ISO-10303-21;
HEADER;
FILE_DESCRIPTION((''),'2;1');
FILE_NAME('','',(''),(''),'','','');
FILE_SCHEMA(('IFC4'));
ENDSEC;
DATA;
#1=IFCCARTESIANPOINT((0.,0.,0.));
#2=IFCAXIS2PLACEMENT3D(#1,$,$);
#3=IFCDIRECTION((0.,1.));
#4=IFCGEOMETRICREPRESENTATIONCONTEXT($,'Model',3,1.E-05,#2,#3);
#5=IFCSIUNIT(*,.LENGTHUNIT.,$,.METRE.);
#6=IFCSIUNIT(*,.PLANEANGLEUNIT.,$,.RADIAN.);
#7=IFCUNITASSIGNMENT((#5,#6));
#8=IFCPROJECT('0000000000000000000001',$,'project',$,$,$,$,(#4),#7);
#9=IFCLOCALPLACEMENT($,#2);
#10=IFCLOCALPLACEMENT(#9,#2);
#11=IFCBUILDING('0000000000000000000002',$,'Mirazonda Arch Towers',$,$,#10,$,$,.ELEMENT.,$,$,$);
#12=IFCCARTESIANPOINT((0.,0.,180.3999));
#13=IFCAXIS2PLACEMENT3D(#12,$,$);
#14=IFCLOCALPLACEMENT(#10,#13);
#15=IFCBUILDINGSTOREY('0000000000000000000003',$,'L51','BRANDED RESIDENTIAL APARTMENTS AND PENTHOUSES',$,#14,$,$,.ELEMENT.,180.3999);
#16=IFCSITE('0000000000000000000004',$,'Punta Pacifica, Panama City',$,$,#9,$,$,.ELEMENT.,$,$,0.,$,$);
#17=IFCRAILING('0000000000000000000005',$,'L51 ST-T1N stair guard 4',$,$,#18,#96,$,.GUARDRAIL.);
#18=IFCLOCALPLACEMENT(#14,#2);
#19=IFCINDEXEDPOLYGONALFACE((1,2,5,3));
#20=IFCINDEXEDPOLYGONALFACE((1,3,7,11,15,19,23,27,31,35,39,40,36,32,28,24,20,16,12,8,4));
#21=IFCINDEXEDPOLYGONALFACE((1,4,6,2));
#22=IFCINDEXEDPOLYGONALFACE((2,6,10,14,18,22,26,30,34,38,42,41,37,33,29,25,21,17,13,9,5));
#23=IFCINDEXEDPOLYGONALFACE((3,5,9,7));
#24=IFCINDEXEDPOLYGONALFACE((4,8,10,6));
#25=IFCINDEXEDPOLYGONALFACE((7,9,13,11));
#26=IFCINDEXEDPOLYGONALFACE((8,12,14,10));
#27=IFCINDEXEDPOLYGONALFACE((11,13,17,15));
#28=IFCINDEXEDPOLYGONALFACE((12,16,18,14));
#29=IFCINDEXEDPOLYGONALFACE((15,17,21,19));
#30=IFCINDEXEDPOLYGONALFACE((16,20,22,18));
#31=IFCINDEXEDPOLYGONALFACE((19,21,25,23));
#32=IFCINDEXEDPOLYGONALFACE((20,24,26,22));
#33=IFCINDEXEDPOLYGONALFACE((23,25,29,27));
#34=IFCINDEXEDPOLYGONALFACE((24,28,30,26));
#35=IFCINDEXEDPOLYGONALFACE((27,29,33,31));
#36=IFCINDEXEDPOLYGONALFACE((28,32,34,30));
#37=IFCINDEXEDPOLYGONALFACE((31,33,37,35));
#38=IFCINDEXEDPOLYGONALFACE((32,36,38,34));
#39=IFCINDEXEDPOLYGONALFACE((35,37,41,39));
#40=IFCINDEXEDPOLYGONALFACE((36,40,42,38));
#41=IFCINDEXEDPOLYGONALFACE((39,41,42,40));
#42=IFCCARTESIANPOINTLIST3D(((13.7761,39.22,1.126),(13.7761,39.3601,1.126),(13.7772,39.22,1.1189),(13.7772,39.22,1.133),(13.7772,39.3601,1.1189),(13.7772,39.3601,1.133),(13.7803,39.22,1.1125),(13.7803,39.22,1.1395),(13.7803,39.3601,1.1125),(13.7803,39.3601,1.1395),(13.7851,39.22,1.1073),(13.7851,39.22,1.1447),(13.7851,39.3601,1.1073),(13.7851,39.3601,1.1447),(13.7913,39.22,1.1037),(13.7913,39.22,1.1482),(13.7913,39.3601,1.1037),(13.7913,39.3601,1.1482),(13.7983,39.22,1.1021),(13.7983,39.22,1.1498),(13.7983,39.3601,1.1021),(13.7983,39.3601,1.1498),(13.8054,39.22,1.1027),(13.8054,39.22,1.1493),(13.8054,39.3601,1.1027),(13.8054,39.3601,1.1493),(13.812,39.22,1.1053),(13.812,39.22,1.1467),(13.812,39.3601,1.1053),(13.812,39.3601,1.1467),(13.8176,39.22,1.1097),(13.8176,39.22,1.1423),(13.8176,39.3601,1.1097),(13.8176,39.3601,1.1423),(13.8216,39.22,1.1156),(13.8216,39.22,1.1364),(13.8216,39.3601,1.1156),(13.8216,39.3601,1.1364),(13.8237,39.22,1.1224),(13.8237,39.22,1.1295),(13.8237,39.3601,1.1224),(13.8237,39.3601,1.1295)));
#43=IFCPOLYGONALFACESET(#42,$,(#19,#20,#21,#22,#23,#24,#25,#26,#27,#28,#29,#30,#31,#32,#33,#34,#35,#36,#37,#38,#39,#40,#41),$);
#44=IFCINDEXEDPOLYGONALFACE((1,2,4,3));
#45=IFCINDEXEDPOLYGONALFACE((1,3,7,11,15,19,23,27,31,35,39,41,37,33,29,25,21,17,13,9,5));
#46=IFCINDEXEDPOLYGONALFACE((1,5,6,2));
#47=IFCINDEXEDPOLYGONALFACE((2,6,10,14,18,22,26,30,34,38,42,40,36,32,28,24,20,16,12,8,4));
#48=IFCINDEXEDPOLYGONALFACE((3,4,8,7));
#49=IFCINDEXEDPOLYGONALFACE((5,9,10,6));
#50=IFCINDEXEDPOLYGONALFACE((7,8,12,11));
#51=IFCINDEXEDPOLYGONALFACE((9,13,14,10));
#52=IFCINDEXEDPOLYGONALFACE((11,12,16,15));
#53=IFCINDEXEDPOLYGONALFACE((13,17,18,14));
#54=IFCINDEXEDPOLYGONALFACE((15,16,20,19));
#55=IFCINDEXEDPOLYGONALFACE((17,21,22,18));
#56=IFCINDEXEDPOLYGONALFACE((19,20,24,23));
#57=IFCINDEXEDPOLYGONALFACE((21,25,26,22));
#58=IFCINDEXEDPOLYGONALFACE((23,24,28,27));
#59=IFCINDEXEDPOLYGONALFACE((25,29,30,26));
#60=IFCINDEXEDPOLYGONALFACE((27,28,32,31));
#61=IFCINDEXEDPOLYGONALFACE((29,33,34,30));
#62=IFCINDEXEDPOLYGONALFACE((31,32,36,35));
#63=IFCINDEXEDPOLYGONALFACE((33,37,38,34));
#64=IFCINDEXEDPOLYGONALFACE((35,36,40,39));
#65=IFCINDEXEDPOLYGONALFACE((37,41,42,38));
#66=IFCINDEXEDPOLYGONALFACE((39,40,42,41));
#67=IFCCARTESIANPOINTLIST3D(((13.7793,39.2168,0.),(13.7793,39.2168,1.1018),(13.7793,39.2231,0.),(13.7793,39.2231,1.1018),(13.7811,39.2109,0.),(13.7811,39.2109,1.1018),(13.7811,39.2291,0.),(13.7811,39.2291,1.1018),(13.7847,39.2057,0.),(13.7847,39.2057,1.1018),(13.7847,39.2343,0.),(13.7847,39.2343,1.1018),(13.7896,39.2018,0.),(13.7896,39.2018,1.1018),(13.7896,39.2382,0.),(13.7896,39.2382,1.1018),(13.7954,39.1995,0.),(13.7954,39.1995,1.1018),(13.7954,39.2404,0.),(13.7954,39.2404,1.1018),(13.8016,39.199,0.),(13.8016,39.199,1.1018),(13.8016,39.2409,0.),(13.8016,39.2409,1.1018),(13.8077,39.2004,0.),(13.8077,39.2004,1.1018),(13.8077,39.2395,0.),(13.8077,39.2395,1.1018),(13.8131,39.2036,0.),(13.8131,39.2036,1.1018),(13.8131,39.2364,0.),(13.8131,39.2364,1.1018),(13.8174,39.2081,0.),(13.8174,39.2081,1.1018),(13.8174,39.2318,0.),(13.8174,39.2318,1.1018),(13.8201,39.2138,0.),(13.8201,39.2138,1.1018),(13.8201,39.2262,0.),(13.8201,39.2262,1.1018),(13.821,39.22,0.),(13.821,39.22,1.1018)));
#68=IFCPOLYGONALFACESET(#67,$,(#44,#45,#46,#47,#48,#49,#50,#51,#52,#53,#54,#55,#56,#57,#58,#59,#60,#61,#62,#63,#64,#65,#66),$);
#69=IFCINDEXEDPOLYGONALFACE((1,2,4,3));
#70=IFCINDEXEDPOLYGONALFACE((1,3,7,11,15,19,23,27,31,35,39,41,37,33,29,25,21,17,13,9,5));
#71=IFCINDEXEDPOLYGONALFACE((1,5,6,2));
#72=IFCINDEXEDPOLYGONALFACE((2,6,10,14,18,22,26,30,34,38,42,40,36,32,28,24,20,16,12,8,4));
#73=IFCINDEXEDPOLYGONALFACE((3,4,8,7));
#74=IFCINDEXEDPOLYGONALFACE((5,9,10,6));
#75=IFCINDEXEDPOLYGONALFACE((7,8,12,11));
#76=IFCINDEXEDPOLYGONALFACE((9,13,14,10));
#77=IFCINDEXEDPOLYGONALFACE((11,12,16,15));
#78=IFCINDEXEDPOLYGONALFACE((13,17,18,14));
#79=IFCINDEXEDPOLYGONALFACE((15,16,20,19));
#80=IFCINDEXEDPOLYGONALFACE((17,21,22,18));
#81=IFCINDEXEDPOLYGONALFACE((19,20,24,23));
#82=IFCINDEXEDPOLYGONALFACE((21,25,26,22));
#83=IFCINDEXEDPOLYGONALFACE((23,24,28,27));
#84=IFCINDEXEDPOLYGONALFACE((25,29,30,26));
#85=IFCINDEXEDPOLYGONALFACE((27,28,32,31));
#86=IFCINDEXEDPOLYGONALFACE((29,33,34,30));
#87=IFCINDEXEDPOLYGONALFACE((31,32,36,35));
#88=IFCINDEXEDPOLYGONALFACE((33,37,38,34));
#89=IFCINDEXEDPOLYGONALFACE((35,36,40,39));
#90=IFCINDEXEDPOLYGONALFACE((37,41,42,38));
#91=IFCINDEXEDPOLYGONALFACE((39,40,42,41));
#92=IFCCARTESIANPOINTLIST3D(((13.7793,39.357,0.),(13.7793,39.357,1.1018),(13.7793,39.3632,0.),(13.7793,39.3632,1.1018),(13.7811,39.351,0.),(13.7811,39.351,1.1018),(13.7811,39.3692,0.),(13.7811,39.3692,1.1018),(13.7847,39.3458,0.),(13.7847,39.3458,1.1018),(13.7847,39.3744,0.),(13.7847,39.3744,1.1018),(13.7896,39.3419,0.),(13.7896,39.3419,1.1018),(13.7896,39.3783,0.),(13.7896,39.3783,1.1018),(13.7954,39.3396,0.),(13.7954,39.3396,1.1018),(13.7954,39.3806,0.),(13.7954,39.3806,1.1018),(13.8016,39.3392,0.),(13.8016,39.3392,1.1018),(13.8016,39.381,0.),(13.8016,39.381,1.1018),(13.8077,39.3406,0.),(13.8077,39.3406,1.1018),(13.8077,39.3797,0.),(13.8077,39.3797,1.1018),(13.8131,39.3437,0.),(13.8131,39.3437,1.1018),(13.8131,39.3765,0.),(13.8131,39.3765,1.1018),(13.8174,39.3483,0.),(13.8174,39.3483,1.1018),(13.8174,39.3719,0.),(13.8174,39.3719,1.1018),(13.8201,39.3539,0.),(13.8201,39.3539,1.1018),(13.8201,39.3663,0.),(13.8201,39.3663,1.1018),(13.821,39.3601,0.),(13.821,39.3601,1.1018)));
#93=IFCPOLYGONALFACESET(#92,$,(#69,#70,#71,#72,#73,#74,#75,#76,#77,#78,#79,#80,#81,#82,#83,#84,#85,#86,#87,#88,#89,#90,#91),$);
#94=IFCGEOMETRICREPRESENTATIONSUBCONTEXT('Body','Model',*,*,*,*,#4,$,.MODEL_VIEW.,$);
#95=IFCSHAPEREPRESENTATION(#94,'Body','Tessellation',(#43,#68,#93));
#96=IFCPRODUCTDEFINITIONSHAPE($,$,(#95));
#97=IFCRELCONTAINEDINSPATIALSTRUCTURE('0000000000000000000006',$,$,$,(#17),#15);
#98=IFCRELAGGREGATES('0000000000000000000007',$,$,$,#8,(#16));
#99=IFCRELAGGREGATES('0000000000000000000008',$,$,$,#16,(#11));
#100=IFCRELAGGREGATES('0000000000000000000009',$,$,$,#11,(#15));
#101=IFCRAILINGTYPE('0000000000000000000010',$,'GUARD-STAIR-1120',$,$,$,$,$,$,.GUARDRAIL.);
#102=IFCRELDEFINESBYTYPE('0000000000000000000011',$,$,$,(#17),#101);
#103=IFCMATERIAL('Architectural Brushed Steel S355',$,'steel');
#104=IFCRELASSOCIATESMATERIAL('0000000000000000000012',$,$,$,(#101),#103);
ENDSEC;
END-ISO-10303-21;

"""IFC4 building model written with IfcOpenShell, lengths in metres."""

from ifc_helpers import new_model, si_unit, direction, frame, origin, origin_2d, place, context, subcontext, project, spatial, circle, extrude, material, type_object, element, save


model = new_model("IFC4")

# Units and contexts
model_context = context("Model", 3, precision=1e-05, world=origin(), true_north=direction((0.0, 1.0)))
body_context = subcontext(model_context, "Body", "Model", "MODEL_VIEW")
ifc_project = project(units=[si_unit("LENGTHUNIT", "METRE"), si_unit("PLANEANGLEUNIT", "RADIAN")], contexts=[model_context])

# Site, building, storey
site_placement = place(None, origin())
site = spatial("IfcSite", under=ifc_project, at=site_placement, Name="Punta Pacifica, Panama City", CompositionType="ELEMENT", RefElevation=0.0)
building_placement = place(site_placement, origin())
building = spatial("IfcBuilding", under=site, at=building_placement, Name="Mirazonda Arch Towers", CompositionType="ELEMENT")
storey_placement = place(building_placement, frame((0.0, 0.0, 180.3999)))
storey = spatial("IfcBuildingStorey", under=building, at=storey_placement, Name="L51", Description="BRANDED RESIDENTIAL APARTMENTS AND PENTHOUSES", CompositionType="ELEMENT", Elevation=180.3999)

# Shared definitions
ifc_material_1 = material(Name="Architectural Brushed Steel S355", Category="steel")

# Railing
railing_type_1 = type_object("IfcRailingType", Name="GUARD-STAIR-1120", PredefinedType="GUARDRAIL", material=ifc_material_1)
railing_1_placement = place(storey_placement, frame((13.8, 39.22, 0.0)))
element("IfcRailing", 1, at=railing_1_placement, inside=storey, type_object=railing_type_1, Name="L51 ST-T1N stair guard 4", PredefinedType="GUARDRAIL", context=body_context, shape_type="SweptSolid", body=[
    extrude(circle(Radius=0.0239, at=origin_2d()), frame((0.0, 0.0, 1.126), z_axis=(0.0, 1.0, 0.0), x_axis=(-1.0, 0.0, 0.0)), (0.0, 0.0, 1.0), 0.1401),
    extrude(circle(Radius=0.021, at=origin_2d()), origin(), (0.0, 0.0, 1.0), 1.1018),
    extrude(circle(Radius=0.021, at=origin_2d()), frame((0.0, 0.1401, 0.0)), (0.0, 0.0, 1.0), 1.1018),
])

save(model, "model.ifc")
